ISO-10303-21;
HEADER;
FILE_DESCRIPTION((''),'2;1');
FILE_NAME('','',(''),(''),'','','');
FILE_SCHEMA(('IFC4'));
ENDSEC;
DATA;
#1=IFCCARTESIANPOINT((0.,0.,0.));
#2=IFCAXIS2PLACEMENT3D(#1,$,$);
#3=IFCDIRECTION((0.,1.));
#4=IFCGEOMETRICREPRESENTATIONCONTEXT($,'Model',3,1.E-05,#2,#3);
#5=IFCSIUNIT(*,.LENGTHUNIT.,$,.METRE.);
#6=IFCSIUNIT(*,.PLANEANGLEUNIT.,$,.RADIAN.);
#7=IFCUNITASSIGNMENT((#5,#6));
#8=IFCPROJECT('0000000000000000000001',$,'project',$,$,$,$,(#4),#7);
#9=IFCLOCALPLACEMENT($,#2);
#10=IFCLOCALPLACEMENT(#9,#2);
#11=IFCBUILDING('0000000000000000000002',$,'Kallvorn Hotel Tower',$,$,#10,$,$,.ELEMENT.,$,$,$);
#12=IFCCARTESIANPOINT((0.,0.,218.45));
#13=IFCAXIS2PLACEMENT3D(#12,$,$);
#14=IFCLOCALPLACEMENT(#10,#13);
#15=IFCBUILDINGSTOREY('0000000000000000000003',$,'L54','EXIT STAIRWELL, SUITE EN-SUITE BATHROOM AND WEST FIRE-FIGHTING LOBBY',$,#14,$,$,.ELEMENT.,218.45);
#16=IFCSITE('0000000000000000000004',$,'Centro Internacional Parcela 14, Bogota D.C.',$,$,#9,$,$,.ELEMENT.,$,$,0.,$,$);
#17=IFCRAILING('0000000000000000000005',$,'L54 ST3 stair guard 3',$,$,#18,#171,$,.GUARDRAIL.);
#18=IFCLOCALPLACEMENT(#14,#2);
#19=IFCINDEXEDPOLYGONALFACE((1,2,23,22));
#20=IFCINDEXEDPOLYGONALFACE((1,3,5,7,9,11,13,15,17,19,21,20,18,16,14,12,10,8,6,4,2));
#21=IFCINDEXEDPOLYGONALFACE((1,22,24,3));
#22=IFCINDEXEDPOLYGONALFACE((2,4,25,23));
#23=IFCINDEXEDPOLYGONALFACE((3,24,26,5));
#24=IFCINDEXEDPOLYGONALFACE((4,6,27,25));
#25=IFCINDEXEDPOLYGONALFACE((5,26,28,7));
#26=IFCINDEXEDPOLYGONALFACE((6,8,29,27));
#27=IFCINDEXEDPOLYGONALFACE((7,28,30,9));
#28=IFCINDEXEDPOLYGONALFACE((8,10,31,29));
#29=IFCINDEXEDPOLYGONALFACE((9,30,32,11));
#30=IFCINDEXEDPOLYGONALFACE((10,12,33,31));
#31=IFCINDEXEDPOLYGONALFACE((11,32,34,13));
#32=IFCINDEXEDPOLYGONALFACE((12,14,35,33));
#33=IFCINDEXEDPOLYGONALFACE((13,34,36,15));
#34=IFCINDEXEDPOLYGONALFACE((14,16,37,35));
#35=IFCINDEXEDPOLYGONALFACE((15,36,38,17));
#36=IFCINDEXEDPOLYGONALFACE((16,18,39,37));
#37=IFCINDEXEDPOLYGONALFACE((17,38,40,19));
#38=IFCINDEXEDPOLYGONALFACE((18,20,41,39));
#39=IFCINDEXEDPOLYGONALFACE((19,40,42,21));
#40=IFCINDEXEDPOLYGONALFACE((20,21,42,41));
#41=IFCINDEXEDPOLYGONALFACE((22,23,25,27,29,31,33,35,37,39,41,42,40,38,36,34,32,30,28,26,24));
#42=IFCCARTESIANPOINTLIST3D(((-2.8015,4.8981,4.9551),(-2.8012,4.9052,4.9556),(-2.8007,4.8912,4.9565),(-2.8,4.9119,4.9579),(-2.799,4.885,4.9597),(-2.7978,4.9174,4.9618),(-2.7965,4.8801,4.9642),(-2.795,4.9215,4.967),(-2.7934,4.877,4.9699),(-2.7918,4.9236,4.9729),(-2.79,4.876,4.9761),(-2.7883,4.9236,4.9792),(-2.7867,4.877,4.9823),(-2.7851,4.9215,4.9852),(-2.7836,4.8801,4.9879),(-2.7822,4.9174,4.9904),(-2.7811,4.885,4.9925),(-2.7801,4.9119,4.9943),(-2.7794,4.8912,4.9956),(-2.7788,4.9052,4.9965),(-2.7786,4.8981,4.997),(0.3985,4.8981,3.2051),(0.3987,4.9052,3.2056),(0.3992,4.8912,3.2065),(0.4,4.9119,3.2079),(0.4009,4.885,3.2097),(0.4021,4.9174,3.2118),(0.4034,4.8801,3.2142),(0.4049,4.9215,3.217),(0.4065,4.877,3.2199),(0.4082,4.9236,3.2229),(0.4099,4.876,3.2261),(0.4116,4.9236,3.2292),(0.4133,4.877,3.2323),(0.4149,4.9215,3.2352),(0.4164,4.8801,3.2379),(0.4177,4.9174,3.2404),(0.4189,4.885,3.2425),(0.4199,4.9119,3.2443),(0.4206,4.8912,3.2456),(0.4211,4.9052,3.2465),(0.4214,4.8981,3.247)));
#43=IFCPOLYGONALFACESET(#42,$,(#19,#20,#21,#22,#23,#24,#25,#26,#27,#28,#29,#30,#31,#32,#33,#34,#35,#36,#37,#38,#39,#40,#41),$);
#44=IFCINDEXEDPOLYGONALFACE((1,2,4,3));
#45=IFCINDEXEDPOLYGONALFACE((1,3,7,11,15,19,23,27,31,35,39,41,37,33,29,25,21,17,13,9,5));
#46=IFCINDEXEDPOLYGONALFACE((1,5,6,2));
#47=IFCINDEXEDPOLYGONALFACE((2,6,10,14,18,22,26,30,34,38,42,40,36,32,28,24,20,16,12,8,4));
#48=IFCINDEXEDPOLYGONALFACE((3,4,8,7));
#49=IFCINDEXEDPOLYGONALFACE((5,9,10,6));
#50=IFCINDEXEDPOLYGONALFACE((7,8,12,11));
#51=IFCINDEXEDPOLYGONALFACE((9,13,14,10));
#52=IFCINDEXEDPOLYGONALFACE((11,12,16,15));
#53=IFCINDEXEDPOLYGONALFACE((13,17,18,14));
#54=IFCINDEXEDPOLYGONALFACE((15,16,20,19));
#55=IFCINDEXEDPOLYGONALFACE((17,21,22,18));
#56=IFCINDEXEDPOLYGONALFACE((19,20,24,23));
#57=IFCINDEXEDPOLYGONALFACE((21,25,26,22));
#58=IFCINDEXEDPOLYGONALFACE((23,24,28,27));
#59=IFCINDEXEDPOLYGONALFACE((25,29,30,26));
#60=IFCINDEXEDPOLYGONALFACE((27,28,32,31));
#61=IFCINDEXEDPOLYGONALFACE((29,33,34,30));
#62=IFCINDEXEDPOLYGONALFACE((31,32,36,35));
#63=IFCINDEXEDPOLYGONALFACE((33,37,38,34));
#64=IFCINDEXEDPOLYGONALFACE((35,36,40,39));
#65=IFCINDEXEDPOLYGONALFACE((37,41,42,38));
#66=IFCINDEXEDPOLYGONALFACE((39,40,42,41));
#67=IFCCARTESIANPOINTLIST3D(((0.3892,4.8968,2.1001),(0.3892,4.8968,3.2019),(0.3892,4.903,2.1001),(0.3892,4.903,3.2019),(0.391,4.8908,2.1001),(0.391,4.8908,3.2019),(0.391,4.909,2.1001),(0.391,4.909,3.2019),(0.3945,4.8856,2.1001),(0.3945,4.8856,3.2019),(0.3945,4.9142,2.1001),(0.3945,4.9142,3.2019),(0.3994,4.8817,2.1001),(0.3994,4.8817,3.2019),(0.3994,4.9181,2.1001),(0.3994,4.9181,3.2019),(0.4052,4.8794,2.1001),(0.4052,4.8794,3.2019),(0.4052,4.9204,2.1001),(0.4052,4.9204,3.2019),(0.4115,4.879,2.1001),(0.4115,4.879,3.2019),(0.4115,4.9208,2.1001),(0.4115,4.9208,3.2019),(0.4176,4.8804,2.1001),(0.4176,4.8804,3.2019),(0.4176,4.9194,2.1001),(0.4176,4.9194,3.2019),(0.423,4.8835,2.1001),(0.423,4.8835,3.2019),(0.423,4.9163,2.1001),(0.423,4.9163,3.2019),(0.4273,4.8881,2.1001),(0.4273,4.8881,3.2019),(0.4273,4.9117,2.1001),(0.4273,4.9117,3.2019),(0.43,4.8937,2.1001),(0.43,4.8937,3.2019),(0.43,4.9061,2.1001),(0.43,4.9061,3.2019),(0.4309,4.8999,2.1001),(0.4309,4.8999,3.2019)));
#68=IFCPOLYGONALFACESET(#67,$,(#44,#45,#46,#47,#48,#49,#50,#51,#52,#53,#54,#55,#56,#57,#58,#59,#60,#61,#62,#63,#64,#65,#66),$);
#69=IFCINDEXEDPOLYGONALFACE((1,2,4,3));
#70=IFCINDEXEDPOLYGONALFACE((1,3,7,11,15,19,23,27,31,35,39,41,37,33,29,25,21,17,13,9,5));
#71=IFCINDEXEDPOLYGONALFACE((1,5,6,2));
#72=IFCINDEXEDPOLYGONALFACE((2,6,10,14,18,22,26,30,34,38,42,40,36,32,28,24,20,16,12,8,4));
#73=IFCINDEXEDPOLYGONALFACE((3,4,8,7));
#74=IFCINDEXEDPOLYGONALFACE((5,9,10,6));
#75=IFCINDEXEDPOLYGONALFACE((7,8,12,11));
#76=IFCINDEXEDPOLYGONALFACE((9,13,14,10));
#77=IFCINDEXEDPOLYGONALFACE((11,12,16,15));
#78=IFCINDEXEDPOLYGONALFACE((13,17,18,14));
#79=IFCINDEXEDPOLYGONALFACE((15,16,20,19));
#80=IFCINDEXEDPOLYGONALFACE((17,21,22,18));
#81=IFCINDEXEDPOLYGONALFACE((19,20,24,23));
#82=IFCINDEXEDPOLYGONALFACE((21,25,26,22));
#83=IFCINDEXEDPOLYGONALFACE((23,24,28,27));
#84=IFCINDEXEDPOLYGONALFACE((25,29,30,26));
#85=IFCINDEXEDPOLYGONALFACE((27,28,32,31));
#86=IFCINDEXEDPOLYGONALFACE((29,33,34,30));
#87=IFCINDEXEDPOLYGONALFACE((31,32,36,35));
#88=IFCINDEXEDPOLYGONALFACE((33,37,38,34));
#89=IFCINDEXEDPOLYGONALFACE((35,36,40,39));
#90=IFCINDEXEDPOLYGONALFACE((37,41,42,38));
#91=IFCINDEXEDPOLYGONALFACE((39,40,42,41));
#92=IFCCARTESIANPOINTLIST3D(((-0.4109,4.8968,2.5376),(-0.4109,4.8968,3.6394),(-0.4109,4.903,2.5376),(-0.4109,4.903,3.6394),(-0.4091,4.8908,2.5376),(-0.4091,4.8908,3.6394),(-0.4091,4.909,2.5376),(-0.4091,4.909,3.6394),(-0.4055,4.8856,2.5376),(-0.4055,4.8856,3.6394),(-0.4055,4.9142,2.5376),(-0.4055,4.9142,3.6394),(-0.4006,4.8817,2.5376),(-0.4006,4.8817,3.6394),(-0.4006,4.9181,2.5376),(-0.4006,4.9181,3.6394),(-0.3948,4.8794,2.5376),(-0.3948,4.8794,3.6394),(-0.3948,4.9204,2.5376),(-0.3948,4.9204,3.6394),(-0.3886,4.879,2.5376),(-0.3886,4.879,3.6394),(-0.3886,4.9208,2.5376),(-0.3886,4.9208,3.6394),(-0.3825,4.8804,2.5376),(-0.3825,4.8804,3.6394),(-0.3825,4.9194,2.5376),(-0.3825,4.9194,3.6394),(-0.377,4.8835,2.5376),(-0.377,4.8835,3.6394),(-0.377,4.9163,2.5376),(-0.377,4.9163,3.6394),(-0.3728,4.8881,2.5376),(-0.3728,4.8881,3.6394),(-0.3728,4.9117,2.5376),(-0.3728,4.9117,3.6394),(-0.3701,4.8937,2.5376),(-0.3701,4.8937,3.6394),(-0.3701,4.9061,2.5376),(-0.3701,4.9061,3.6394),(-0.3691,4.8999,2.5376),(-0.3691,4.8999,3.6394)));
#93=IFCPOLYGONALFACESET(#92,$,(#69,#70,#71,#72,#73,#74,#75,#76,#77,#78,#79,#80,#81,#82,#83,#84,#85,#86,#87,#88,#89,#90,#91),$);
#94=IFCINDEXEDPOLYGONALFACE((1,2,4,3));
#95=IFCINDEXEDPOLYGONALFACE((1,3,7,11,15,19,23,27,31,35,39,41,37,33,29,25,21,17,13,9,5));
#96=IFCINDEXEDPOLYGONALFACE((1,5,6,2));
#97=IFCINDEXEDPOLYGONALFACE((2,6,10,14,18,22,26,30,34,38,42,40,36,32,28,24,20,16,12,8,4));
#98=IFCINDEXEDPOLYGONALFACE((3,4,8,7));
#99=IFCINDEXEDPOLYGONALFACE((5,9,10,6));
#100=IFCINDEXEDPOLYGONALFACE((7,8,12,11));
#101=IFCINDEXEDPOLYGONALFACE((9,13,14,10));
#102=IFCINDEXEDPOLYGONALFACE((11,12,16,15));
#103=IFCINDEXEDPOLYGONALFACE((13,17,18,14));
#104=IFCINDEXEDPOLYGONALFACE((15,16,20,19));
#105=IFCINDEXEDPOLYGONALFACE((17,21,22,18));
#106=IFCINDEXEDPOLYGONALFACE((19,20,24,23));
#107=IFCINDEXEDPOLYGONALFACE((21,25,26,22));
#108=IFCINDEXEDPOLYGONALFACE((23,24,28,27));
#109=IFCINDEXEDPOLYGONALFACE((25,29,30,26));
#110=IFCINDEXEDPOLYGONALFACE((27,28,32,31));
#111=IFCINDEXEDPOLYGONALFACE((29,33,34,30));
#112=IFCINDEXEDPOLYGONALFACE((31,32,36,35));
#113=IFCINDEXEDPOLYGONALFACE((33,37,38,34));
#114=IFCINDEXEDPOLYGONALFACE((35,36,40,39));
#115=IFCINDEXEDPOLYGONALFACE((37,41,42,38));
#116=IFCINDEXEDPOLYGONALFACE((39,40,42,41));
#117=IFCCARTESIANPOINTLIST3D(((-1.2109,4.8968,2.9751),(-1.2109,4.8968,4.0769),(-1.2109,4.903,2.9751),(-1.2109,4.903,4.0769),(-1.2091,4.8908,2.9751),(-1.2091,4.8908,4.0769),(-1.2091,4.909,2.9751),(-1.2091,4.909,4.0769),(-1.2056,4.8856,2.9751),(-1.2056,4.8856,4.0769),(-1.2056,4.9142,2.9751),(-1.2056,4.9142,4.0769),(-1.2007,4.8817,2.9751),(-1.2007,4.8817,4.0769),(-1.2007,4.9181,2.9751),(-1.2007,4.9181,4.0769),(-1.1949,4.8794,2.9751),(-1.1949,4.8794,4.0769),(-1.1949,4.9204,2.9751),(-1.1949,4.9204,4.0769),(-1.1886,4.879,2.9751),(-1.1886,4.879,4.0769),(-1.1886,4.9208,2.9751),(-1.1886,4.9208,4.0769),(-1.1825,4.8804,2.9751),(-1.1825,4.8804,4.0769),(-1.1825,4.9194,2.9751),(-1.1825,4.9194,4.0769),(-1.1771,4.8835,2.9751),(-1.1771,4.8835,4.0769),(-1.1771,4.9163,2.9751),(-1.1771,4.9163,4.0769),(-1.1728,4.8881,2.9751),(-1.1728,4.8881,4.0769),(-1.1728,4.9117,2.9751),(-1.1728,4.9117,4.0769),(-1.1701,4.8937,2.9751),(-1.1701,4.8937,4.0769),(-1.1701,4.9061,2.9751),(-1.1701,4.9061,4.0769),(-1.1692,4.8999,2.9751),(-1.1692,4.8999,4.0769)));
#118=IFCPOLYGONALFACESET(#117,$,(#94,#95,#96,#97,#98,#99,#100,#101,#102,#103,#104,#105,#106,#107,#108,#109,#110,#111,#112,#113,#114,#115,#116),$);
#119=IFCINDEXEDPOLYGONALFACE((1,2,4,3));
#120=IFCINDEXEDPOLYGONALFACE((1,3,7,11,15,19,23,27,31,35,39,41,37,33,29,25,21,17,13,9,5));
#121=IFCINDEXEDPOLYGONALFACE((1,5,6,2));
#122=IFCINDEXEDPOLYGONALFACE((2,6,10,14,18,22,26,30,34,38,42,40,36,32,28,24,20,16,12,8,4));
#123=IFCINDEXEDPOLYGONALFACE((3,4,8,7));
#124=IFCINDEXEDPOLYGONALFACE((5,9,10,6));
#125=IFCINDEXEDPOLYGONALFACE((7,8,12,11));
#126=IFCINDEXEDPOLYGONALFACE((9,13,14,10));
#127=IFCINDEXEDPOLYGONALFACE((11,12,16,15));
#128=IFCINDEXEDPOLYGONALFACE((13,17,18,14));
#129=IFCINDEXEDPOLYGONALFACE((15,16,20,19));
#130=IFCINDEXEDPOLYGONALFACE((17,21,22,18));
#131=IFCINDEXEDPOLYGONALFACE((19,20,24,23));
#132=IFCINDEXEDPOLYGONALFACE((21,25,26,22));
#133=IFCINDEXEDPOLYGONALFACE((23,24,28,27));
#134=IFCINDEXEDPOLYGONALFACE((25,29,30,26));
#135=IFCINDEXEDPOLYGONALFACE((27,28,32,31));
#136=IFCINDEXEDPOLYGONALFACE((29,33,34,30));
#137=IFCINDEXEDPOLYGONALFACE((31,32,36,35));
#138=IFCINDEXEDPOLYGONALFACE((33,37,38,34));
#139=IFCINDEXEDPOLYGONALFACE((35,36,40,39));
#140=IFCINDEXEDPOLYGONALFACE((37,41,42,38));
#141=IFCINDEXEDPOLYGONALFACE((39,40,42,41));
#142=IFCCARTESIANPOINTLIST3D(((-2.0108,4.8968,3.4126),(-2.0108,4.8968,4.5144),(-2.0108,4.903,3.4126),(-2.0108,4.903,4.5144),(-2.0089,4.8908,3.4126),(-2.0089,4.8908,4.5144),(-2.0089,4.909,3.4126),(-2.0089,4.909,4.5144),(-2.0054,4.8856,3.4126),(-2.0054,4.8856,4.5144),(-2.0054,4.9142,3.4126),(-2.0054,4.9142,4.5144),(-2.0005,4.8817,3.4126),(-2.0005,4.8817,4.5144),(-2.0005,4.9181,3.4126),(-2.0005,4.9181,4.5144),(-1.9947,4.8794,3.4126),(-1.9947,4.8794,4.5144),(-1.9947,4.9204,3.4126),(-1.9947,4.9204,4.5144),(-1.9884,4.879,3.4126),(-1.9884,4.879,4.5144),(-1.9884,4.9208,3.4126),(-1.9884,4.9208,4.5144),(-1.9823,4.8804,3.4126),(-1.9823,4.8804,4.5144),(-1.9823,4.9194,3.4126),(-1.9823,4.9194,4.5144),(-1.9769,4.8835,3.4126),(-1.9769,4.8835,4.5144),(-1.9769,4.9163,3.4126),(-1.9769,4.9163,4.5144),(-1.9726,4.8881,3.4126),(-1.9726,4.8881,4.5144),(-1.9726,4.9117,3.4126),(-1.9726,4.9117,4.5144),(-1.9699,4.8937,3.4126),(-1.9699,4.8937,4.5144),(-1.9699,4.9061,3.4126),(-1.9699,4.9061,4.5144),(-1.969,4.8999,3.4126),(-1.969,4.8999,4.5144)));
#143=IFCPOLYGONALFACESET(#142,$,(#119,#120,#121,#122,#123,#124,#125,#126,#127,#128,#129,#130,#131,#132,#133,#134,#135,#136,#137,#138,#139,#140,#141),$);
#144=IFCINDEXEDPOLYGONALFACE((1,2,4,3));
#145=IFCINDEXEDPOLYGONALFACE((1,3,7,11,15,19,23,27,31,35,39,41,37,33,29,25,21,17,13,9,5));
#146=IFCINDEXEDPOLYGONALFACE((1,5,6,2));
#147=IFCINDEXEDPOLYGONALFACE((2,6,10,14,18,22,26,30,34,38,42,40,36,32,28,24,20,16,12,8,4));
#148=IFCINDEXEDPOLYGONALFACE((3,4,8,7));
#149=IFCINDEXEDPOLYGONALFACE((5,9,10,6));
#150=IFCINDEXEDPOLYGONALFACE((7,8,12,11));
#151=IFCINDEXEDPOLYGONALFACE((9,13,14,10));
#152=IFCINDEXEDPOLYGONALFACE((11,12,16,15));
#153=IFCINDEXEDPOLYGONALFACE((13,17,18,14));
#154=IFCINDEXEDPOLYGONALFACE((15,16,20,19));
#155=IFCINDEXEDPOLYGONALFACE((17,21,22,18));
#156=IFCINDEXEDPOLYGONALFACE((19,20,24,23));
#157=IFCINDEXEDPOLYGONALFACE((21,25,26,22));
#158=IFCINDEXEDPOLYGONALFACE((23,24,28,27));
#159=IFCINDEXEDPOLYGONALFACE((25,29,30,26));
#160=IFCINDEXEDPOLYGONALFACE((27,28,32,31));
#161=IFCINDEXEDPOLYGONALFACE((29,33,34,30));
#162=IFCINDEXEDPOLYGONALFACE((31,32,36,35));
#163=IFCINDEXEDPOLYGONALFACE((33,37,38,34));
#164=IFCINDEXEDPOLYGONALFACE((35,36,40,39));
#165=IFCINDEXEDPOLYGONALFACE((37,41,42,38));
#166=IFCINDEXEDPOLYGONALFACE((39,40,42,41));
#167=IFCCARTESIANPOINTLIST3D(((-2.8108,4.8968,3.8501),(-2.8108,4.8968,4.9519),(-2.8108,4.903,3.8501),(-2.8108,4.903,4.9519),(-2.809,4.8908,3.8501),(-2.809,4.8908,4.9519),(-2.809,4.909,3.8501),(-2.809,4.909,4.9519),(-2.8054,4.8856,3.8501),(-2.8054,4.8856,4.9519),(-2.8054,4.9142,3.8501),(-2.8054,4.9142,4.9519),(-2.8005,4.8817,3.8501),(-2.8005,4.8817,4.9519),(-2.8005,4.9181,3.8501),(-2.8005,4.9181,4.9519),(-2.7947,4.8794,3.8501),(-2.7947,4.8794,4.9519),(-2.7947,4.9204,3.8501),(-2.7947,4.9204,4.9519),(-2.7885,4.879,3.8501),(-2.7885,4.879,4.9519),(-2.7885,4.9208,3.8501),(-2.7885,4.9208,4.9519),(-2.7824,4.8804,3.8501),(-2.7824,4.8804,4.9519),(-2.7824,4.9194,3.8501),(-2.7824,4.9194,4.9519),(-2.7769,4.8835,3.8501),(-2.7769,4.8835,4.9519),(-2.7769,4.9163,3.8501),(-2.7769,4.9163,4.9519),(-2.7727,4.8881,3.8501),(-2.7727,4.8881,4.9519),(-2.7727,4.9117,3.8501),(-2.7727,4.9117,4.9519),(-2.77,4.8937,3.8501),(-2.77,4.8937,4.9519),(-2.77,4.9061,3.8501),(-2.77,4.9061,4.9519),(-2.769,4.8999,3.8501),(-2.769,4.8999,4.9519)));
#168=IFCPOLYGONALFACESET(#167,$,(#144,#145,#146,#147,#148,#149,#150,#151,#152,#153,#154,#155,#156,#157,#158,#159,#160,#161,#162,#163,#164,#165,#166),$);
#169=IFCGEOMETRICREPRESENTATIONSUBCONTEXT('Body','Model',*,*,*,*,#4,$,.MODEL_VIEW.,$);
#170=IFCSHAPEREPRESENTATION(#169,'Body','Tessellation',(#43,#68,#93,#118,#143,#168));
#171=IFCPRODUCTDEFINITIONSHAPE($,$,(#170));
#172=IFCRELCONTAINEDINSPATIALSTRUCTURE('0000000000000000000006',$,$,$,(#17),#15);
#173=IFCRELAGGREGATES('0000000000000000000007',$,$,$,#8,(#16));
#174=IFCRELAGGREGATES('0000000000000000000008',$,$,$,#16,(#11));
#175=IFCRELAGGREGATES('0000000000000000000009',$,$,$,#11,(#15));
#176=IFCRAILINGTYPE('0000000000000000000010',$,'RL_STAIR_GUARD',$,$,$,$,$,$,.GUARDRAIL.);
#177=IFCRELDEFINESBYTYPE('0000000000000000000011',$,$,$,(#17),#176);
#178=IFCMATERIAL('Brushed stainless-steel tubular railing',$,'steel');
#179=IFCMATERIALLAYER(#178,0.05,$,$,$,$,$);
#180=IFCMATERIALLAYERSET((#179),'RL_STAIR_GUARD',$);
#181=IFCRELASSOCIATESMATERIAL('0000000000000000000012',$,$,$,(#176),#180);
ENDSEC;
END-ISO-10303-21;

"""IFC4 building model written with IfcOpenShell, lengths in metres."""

from ifc_helpers import new_model, si_unit, direction, frame, origin, origin_2d, place, context, subcontext, project, spatial, circle, extrude, material, layer, layer_set, type_object, element, save


model = new_model("IFC4")

# Units and contexts
model_context = context("Model", 3, precision=1e-05, world=origin(), true_north=direction((0.0, 1.0)))
body_context = subcontext(model_context, "Body", "Model", "MODEL_VIEW")
ifc_project = project(units=[si_unit("LENGTHUNIT", "METRE"), si_unit("PLANEANGLEUNIT", "RADIAN")], contexts=[model_context])

# Site, building, storey
site_placement = place(None, origin())
site = spatial("IfcSite", under=ifc_project, at=site_placement, Name="Centro Internacional Parcela 14, Bogota D.C.", CompositionType="ELEMENT", RefElevation=0.0)
building_placement = place(site_placement, origin())
building = spatial("IfcBuilding", under=site, at=building_placement, Name="Kallvorn Hotel Tower", CompositionType="ELEMENT")
storey_placement = place(building_placement, frame((0.0, 0.0, 218.45)))
storey = spatial("IfcBuildingStorey", under=building, at=storey_placement, Name="L54", Description="EXIT STAIRWELL, SUITE EN-SUITE BATHROOM AND WEST FIRE-FIGHTING LOBBY", CompositionType="ELEMENT", Elevation=218.45)

# Railing
ifc_material_1 = material(Name="Brushed stainless-steel tubular railing", Category="steel")
ifc_layer_1 = layer(ifc_material_1, 0.05)
ifc_layer_set_1 = layer_set([ifc_layer_1], Name="RL_STAIR_GUARD")
railing_type_1 = type_object("IfcRailingType", Name="RL_STAIR_GUARD", PredefinedType="GUARDRAIL", material=ifc_layer_set_1)
railing_1_placement = place(storey_placement, frame((0.4099, 4.8999, 2.1001)))
element("IfcRailing", 1, at=railing_1_placement, inside=storey, type_object=railing_type_1, Name="L54 ST3 stair guard 3", PredefinedType="GUARDRAIL", context=body_context, shape_type="SweptSolid", body=[
    extrude(circle(Radius=0.0239, at=origin_2d()), frame((0.0, 0.0, 1.126), z_axis=(-0.877368, 0.0, 0.479818), x_axis=(0.0, -1.0, 0.0)), (0.0, 0.0, 1.0), 3.6472),
    extrude(circle(Radius=0.021, at=origin_2d()), origin(), (0.0, 0.0, 1.0), 1.1018),
    extrude(circle(Radius=0.021, at=origin_2d()), frame((-0.8, 0.0, 0.4375)), (0.0, 0.0, 1.0), 1.1018),
    extrude(circle(Radius=0.021, at=origin_2d()), frame((-1.6001, 0.0, 0.875)), (0.0, 0.0, 1.0), 1.1018),
    extrude(circle(Radius=0.021, at=origin_2d()), frame((-2.3999, 0.0, 1.3125)), (0.0, 0.0, 1.0), 1.1018),
    extrude(circle(Radius=0.021, at=origin_2d()), frame((-3.2, 0.0, 1.75)), (0.0, 0.0, 1.0), 1.1018),
])

save(model, "model.ifc")
